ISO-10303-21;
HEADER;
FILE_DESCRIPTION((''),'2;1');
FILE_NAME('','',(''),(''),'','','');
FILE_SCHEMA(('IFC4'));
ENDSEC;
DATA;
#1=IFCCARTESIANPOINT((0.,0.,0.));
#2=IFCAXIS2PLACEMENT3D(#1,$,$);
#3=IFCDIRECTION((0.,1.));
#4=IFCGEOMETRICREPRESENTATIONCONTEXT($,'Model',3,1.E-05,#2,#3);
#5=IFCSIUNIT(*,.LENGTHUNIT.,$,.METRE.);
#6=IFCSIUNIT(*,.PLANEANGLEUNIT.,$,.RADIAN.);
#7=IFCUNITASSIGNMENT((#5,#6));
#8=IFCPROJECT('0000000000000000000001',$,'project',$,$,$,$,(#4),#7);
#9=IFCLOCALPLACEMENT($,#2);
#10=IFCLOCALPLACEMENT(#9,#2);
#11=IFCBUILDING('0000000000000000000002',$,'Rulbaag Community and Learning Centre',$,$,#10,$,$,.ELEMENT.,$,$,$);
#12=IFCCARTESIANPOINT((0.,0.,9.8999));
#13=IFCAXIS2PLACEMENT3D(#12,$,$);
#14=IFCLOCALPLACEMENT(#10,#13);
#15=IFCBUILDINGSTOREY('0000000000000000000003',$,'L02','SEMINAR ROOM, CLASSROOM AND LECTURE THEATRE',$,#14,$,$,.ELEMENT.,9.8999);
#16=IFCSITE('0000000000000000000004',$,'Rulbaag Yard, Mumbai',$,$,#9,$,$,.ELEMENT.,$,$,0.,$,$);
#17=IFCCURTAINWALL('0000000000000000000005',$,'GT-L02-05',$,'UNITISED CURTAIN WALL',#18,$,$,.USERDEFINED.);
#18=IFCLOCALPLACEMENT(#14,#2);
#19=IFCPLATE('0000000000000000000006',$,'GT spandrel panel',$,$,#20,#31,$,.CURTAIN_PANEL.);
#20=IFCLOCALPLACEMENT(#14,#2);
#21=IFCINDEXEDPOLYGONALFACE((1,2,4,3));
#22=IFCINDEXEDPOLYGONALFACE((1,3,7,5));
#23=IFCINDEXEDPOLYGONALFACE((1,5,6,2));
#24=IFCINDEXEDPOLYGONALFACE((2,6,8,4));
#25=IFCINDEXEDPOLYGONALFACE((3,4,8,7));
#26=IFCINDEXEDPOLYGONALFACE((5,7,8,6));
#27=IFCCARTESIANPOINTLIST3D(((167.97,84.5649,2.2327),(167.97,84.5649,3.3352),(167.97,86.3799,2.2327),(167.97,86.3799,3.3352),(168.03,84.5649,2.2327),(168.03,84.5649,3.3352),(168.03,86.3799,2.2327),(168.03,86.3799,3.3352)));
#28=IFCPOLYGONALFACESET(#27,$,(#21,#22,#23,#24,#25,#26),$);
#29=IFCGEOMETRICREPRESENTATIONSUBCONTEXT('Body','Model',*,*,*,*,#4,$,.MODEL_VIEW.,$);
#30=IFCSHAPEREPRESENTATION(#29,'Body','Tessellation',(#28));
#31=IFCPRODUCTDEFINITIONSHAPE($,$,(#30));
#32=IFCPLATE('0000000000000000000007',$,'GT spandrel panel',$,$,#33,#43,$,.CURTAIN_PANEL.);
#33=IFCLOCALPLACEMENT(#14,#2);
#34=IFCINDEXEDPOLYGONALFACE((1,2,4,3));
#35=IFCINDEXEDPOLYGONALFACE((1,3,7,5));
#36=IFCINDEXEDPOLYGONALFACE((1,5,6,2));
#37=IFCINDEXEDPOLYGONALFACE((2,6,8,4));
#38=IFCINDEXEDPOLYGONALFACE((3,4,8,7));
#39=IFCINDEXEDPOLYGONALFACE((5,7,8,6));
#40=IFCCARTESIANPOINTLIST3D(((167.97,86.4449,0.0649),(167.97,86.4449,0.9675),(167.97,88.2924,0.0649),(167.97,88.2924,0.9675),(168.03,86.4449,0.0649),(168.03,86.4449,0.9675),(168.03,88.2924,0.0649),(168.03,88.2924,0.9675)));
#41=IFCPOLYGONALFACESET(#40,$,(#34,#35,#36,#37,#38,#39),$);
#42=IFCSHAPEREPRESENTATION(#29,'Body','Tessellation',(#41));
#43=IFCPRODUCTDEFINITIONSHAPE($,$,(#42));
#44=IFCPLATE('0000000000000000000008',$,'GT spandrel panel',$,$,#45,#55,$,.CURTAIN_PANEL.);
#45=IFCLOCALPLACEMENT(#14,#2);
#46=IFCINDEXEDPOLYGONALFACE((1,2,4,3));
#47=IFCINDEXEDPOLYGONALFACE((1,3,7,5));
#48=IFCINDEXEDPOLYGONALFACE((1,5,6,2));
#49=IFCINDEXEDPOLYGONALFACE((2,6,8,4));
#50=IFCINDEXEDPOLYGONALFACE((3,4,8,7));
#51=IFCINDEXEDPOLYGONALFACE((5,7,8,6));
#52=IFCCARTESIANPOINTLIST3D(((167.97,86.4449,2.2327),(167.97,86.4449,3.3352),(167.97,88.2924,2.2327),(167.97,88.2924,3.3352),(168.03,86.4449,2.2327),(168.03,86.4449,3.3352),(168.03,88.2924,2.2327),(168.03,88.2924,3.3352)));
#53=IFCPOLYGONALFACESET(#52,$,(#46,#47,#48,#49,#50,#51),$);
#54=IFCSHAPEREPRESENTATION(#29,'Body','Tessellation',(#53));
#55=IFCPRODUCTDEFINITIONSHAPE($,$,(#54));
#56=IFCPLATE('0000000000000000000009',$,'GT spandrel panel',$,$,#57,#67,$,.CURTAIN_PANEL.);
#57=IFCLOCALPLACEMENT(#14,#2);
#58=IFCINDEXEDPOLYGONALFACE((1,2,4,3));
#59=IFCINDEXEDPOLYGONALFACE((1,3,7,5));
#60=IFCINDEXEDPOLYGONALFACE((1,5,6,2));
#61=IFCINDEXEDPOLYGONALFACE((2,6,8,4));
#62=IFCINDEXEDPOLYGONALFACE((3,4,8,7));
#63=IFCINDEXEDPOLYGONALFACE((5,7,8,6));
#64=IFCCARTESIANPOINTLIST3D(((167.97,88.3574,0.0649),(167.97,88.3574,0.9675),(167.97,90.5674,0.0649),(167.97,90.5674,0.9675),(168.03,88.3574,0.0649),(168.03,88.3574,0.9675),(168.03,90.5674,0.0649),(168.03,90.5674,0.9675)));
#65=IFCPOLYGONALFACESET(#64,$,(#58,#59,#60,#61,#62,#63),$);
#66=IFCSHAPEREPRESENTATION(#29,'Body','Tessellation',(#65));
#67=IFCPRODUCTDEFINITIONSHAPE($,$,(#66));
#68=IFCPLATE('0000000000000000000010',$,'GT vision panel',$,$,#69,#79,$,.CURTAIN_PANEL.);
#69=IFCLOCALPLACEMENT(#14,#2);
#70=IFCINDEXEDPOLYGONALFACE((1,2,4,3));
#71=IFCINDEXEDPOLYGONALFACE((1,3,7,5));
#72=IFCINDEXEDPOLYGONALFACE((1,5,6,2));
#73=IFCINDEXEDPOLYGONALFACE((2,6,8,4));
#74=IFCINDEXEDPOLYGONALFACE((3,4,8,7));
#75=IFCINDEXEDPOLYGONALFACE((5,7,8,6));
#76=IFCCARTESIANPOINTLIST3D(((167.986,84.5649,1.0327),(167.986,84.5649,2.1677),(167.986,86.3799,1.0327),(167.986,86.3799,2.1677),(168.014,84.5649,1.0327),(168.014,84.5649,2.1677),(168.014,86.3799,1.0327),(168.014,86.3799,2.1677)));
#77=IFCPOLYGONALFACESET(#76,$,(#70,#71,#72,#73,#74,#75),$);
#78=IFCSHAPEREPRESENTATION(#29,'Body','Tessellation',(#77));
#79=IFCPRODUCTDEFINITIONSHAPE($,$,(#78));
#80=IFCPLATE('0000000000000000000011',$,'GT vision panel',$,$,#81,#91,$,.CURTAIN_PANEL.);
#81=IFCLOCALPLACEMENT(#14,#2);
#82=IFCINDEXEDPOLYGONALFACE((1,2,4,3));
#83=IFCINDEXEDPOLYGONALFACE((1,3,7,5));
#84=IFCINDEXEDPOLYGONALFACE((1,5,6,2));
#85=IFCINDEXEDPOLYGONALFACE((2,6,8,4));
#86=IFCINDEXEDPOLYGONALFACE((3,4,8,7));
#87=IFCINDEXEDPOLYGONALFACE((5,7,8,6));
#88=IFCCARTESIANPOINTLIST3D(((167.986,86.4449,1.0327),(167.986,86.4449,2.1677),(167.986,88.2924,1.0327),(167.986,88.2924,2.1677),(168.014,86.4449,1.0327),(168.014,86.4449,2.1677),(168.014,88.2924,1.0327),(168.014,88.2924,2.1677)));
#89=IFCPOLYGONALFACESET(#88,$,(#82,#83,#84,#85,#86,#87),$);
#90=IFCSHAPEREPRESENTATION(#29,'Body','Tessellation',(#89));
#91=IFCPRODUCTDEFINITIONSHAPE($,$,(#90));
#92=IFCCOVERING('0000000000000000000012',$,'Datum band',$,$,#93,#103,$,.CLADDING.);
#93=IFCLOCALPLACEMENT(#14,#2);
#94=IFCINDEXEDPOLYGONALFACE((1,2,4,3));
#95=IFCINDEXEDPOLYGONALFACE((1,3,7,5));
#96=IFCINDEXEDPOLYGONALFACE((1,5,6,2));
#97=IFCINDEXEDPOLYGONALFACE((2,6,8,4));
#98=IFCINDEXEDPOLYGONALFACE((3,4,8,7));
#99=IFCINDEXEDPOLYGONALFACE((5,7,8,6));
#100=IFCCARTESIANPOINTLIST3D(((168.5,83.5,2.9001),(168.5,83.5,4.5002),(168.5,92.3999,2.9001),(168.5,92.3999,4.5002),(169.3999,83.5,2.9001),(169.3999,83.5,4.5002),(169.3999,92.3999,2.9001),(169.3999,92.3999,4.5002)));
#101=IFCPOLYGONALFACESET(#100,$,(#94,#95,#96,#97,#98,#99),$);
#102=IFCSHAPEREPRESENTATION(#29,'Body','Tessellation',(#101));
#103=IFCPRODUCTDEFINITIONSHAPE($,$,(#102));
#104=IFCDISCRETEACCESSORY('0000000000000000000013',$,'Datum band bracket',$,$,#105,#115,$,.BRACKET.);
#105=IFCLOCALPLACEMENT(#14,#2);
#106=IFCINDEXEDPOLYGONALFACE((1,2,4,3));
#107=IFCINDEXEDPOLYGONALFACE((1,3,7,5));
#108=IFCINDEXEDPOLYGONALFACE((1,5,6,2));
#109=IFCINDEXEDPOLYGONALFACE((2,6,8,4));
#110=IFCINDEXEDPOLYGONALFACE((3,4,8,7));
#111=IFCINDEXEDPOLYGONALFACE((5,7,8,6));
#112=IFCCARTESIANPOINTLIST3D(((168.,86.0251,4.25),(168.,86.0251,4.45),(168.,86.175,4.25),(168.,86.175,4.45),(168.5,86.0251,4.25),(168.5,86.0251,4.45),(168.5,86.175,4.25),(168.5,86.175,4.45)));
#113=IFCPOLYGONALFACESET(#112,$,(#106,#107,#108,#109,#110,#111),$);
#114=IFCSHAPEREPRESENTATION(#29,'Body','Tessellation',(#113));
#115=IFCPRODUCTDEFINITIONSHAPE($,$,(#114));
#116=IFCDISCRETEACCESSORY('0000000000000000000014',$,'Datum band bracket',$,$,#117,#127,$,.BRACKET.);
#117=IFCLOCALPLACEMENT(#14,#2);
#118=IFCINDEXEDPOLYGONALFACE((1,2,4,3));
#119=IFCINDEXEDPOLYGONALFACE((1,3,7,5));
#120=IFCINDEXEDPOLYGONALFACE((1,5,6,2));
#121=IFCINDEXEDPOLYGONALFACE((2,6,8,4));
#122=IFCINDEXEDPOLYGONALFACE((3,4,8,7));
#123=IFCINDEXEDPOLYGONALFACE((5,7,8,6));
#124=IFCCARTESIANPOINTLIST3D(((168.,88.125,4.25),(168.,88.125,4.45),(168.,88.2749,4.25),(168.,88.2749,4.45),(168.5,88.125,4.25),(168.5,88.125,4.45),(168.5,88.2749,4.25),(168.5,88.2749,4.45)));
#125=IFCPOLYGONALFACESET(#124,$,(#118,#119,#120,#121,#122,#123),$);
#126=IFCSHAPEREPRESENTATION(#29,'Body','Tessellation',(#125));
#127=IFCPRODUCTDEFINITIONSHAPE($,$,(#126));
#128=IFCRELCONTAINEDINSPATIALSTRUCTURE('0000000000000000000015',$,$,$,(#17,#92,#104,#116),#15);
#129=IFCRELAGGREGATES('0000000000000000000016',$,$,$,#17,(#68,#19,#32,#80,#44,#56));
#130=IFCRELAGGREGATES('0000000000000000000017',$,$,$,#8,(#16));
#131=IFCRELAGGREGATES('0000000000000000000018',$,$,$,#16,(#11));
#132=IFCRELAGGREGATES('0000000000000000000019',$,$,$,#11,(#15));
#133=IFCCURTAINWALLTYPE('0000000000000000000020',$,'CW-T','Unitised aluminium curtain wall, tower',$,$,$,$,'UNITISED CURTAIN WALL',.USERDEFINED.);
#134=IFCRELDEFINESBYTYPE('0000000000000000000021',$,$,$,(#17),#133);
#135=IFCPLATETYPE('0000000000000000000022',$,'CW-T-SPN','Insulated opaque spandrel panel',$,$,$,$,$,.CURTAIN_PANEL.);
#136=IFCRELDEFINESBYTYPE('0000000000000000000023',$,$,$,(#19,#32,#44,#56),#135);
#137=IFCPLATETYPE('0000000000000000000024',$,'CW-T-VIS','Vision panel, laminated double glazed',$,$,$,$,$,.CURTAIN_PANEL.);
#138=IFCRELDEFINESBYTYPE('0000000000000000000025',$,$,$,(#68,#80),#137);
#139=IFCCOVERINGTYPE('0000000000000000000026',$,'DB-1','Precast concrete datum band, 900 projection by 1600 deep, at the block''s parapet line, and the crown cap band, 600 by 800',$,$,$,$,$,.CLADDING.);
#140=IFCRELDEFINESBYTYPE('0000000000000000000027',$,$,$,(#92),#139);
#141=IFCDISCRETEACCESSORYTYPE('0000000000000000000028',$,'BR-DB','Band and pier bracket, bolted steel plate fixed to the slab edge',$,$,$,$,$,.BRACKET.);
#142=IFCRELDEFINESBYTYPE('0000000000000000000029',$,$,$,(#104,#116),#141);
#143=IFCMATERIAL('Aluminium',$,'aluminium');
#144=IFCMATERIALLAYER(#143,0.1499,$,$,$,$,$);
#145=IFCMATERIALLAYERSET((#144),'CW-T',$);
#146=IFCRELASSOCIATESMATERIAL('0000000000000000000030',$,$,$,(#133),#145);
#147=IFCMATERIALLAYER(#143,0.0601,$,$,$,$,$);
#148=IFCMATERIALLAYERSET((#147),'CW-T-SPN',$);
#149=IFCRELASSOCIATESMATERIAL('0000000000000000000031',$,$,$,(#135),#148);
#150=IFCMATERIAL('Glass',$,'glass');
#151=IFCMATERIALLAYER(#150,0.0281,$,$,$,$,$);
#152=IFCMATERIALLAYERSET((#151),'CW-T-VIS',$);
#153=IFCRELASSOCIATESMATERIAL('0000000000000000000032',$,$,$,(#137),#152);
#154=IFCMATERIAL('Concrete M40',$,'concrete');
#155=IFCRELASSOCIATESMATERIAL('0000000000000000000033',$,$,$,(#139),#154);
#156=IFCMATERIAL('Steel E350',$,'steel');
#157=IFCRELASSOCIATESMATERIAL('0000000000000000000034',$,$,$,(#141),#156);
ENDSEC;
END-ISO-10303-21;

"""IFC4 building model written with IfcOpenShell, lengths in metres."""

from ifc_helpers import new_model, si_unit, direction, frame, origin, origin_2d, place, context, subcontext, project, spatial, rectangle, extrude, material, layer, layer_set, type_object, element, aggregate, save


model = new_model("IFC4")

# Units and contexts
model_context = context("Model", 3, precision=1e-05, world=origin(), true_north=direction((0.0, 1.0)))
body_context = subcontext(model_context, "Body", "Model", "MODEL_VIEW")
ifc_project = project(units=[si_unit("LENGTHUNIT", "METRE"), si_unit("PLANEANGLEUNIT", "RADIAN")], contexts=[model_context])

# Site, building, storey
site_placement = place(None, origin())
site = spatial("IfcSite", under=ifc_project, at=site_placement, Name="Rulbaag Yard, Mumbai", CompositionType="ELEMENT", RefElevation=0.0)
building_placement = place(site_placement, origin())
building = spatial("IfcBuilding", under=site, at=building_placement, Name="Rulbaag Community and Learning Centre", CompositionType="ELEMENT")
storey_placement = place(building_placement, frame((0.0, 0.0, 9.8999)))
storey = spatial("IfcBuildingStorey", under=building, at=storey_placement, Name="L02", Description="SEMINAR ROOM, CLASSROOM AND LECTURE THEATRE", CompositionType="ELEMENT", Elevation=9.8999)

# Curtain wall, plates
ifc_material_1 = material(Name="Aluminium", Category="aluminium")
ifc_layer_1 = layer(ifc_material_1, 0.1499)
ifc_layer_set_1 = layer_set([ifc_layer_1], Name="CW-T")
curtain_wall_type = type_object("IfcCurtainWallType", Name="CW-T", Description="Unitised aluminium curtain wall, tower", ElementType="UNITISED CURTAIN WALL", PredefinedType="USERDEFINED", material=ifc_layer_set_1)
curtain_wall_placement = place(storey_placement, origin())
curtain_wall = element("IfcCurtainWall", 1, at=curtain_wall_placement, inside=storey, type_object=curtain_wall_type, Name="GT-L02-05", ObjectType="UNITISED CURTAIN WALL", PredefinedType="USERDEFINED")
ifc_layer_2 = layer(ifc_material_1, 0.0601)
ifc_layer_set_2 = layer_set([ifc_layer_2], Name="CW-T-SPN")
plate_type_1 = type_object("IfcPlateType", Name="CW-T-SPN", Description="Insulated opaque spandrel panel", PredefinedType="CURTAIN_PANEL", material=ifc_layer_set_2)
plate_1_placement = place(storey_placement, frame((168.0, 85.4724, 2.2327), z_axis=(0.0, 0.0, 1.0), x_axis=(0.0, 1.0, 0.0)))
plate_1 = element("IfcPlate", 2, at=plate_1_placement, type_object=plate_type_1, Name="GT spandrel panel", PredefinedType="CURTAIN_PANEL", context=body_context, shape_type="SweptSolid", body=[
    extrude(rectangle(XDim=1.8149, YDim=0.0601, at=origin_2d()), origin(), (0.0, 0.0, 1.0), 1.1025),
])
plate_2_placement = place(storey_placement, frame((168.0, 87.3687, 0.0649), z_axis=(0.0, 0.0, 1.0), x_axis=(0.0, 1.0, 0.0)))
plate_2 = element("IfcPlate", 3, at=plate_2_placement, type_object=plate_type_1, Name="GT spandrel panel", PredefinedType="CURTAIN_PANEL", context=body_context, shape_type="SweptSolid", body=[
    extrude(rectangle(XDim=1.8474, YDim=0.0601, at=origin_2d()), origin(), (0.0, 0.0, 1.0), 0.9026),
])
plate_3_placement = place(storey_placement, frame((168.0, 87.3687, 2.2327), z_axis=(0.0, 0.0, 1.0), x_axis=(0.0, 1.0, 0.0)))
plate_3 = element("IfcPlate", 4, at=plate_3_placement, type_object=plate_type_1, Name="GT spandrel panel", PredefinedType="CURTAIN_PANEL", context=body_context, shape_type="SweptSolid", body=[
    extrude(rectangle(XDim=1.8474, YDim=0.0601, at=origin_2d()), origin(), (0.0, 0.0, 1.0), 1.1025),
])
plate_4_placement = place(storey_placement, frame((168.0, 89.4624, 0.0649), z_axis=(0.0, 0.0, 1.0), x_axis=(0.0, 1.0, 0.0)))
plate_4 = element("IfcPlate", 5, at=plate_4_placement, type_object=plate_type_1, Name="GT spandrel panel", PredefinedType="CURTAIN_PANEL", context=body_context, shape_type="SweptSolid", body=[
    extrude(rectangle(XDim=2.21, YDim=0.0601, at=origin_2d()), origin(), (0.0, 0.0, 1.0), 0.9026),
])
ifc_material_2 = material(Name="Glass", Category="glass")
ifc_layer_3 = layer(ifc_material_2, 0.0281)
ifc_layer_set_3 = layer_set([ifc_layer_3], Name="CW-T-VIS")
plate_type_2 = type_object("IfcPlateType", Name="CW-T-VIS", Description="Vision panel, laminated double glazed", PredefinedType="CURTAIN_PANEL", material=ifc_layer_set_3)
plate_5_placement = place(storey_placement, frame((168.0, 85.4724, 1.0327), z_axis=(0.0, 0.0, 1.0), x_axis=(0.0, 1.0, 0.0)))
plate_5 = element("IfcPlate", 6, at=plate_5_placement, type_object=plate_type_2, Name="GT vision panel", PredefinedType="CURTAIN_PANEL", context=body_context, shape_type="SweptSolid", body=[
    extrude(rectangle(XDim=1.8149, YDim=0.0281, at=origin_2d()), origin(), (0.0, 0.0, 1.0), 1.135),
])
plate_6_placement = place(storey_placement, frame((168.0, 87.3687, 1.0327), z_axis=(0.0, 0.0, 1.0), x_axis=(0.0, 1.0, 0.0)))
plate_6 = element("IfcPlate", 7, at=plate_6_placement, type_object=plate_type_2, Name="GT vision panel", PredefinedType="CURTAIN_PANEL", context=body_context, shape_type="SweptSolid", body=[
    extrude(rectangle(XDim=1.8474, YDim=0.0281, at=origin_2d()), origin(), (0.0, 0.0, 1.0), 1.135),
])
aggregate(curtain_wall, [plate_5, plate_1, plate_2, plate_6, plate_3, plate_4])

# Covering
ifc_material_3 = material(Name="Concrete M40", Category="concrete")
covering_type = type_object("IfcCoveringType", Name="DB-1", Description="Precast concrete datum band, 900 projection by 1600 deep, at the block's parapet line, and the crown cap band, 600 by 800", PredefinedType="CLADDING", material=ifc_material_3)
covering_placement = place(storey_placement, frame((168.95, 87.95, 2.9001), z_axis=(0.0, 0.0, 1.0), x_axis=(1.0, 0.0, 0.0)))
element("IfcCovering", 8, at=covering_placement, inside=storey, type_object=covering_type, Name="Datum band", PredefinedType="CLADDING", context=body_context, shape_type="SweptSolid", body=[
    extrude(rectangle(XDim=0.8999, YDim=8.8999, at=origin_2d()), origin(), (0.0, 0.0, 1.0), 1.6001),
])

# Discrete accessories
ifc_material_4 = material(Name="Steel E350", Category="steel")
discrete_accessory_type = type_object("IfcDiscreteAccessoryType", Name="BR-DB", Description="Band and pier bracket, bolted steel plate fixed to the slab edge", PredefinedType="BRACKET", material=ifc_material_4)
for number, where, z_axis, x_axis, name in (
    (9, (168.25, 86.1001, 4.25), (0.0, 0.0, 1.0), (1.0, 0.0, 0.0), "Datum band bracket"),
    (10, (168.25, 88.2, 4.25), (0.0, 0.0, 1.0), (1.0, 0.0, 0.0), "Datum band bracket"),
):
    element("IfcDiscreteAccessory", number, at=place(storey_placement, frame(where, z_axis=z_axis, x_axis=x_axis)), inside=storey, type_object=discrete_accessory_type, Name=name, PredefinedType="BRACKET", context=body_context, shape_type="SweptSolid", body=[
        extrude(rectangle(XDim=0.5, YDim=0.1499, at=origin_2d()), origin(), (0.0, 0.0, 1.0), 0.2),
    ])

save(model, "model.ifc")
